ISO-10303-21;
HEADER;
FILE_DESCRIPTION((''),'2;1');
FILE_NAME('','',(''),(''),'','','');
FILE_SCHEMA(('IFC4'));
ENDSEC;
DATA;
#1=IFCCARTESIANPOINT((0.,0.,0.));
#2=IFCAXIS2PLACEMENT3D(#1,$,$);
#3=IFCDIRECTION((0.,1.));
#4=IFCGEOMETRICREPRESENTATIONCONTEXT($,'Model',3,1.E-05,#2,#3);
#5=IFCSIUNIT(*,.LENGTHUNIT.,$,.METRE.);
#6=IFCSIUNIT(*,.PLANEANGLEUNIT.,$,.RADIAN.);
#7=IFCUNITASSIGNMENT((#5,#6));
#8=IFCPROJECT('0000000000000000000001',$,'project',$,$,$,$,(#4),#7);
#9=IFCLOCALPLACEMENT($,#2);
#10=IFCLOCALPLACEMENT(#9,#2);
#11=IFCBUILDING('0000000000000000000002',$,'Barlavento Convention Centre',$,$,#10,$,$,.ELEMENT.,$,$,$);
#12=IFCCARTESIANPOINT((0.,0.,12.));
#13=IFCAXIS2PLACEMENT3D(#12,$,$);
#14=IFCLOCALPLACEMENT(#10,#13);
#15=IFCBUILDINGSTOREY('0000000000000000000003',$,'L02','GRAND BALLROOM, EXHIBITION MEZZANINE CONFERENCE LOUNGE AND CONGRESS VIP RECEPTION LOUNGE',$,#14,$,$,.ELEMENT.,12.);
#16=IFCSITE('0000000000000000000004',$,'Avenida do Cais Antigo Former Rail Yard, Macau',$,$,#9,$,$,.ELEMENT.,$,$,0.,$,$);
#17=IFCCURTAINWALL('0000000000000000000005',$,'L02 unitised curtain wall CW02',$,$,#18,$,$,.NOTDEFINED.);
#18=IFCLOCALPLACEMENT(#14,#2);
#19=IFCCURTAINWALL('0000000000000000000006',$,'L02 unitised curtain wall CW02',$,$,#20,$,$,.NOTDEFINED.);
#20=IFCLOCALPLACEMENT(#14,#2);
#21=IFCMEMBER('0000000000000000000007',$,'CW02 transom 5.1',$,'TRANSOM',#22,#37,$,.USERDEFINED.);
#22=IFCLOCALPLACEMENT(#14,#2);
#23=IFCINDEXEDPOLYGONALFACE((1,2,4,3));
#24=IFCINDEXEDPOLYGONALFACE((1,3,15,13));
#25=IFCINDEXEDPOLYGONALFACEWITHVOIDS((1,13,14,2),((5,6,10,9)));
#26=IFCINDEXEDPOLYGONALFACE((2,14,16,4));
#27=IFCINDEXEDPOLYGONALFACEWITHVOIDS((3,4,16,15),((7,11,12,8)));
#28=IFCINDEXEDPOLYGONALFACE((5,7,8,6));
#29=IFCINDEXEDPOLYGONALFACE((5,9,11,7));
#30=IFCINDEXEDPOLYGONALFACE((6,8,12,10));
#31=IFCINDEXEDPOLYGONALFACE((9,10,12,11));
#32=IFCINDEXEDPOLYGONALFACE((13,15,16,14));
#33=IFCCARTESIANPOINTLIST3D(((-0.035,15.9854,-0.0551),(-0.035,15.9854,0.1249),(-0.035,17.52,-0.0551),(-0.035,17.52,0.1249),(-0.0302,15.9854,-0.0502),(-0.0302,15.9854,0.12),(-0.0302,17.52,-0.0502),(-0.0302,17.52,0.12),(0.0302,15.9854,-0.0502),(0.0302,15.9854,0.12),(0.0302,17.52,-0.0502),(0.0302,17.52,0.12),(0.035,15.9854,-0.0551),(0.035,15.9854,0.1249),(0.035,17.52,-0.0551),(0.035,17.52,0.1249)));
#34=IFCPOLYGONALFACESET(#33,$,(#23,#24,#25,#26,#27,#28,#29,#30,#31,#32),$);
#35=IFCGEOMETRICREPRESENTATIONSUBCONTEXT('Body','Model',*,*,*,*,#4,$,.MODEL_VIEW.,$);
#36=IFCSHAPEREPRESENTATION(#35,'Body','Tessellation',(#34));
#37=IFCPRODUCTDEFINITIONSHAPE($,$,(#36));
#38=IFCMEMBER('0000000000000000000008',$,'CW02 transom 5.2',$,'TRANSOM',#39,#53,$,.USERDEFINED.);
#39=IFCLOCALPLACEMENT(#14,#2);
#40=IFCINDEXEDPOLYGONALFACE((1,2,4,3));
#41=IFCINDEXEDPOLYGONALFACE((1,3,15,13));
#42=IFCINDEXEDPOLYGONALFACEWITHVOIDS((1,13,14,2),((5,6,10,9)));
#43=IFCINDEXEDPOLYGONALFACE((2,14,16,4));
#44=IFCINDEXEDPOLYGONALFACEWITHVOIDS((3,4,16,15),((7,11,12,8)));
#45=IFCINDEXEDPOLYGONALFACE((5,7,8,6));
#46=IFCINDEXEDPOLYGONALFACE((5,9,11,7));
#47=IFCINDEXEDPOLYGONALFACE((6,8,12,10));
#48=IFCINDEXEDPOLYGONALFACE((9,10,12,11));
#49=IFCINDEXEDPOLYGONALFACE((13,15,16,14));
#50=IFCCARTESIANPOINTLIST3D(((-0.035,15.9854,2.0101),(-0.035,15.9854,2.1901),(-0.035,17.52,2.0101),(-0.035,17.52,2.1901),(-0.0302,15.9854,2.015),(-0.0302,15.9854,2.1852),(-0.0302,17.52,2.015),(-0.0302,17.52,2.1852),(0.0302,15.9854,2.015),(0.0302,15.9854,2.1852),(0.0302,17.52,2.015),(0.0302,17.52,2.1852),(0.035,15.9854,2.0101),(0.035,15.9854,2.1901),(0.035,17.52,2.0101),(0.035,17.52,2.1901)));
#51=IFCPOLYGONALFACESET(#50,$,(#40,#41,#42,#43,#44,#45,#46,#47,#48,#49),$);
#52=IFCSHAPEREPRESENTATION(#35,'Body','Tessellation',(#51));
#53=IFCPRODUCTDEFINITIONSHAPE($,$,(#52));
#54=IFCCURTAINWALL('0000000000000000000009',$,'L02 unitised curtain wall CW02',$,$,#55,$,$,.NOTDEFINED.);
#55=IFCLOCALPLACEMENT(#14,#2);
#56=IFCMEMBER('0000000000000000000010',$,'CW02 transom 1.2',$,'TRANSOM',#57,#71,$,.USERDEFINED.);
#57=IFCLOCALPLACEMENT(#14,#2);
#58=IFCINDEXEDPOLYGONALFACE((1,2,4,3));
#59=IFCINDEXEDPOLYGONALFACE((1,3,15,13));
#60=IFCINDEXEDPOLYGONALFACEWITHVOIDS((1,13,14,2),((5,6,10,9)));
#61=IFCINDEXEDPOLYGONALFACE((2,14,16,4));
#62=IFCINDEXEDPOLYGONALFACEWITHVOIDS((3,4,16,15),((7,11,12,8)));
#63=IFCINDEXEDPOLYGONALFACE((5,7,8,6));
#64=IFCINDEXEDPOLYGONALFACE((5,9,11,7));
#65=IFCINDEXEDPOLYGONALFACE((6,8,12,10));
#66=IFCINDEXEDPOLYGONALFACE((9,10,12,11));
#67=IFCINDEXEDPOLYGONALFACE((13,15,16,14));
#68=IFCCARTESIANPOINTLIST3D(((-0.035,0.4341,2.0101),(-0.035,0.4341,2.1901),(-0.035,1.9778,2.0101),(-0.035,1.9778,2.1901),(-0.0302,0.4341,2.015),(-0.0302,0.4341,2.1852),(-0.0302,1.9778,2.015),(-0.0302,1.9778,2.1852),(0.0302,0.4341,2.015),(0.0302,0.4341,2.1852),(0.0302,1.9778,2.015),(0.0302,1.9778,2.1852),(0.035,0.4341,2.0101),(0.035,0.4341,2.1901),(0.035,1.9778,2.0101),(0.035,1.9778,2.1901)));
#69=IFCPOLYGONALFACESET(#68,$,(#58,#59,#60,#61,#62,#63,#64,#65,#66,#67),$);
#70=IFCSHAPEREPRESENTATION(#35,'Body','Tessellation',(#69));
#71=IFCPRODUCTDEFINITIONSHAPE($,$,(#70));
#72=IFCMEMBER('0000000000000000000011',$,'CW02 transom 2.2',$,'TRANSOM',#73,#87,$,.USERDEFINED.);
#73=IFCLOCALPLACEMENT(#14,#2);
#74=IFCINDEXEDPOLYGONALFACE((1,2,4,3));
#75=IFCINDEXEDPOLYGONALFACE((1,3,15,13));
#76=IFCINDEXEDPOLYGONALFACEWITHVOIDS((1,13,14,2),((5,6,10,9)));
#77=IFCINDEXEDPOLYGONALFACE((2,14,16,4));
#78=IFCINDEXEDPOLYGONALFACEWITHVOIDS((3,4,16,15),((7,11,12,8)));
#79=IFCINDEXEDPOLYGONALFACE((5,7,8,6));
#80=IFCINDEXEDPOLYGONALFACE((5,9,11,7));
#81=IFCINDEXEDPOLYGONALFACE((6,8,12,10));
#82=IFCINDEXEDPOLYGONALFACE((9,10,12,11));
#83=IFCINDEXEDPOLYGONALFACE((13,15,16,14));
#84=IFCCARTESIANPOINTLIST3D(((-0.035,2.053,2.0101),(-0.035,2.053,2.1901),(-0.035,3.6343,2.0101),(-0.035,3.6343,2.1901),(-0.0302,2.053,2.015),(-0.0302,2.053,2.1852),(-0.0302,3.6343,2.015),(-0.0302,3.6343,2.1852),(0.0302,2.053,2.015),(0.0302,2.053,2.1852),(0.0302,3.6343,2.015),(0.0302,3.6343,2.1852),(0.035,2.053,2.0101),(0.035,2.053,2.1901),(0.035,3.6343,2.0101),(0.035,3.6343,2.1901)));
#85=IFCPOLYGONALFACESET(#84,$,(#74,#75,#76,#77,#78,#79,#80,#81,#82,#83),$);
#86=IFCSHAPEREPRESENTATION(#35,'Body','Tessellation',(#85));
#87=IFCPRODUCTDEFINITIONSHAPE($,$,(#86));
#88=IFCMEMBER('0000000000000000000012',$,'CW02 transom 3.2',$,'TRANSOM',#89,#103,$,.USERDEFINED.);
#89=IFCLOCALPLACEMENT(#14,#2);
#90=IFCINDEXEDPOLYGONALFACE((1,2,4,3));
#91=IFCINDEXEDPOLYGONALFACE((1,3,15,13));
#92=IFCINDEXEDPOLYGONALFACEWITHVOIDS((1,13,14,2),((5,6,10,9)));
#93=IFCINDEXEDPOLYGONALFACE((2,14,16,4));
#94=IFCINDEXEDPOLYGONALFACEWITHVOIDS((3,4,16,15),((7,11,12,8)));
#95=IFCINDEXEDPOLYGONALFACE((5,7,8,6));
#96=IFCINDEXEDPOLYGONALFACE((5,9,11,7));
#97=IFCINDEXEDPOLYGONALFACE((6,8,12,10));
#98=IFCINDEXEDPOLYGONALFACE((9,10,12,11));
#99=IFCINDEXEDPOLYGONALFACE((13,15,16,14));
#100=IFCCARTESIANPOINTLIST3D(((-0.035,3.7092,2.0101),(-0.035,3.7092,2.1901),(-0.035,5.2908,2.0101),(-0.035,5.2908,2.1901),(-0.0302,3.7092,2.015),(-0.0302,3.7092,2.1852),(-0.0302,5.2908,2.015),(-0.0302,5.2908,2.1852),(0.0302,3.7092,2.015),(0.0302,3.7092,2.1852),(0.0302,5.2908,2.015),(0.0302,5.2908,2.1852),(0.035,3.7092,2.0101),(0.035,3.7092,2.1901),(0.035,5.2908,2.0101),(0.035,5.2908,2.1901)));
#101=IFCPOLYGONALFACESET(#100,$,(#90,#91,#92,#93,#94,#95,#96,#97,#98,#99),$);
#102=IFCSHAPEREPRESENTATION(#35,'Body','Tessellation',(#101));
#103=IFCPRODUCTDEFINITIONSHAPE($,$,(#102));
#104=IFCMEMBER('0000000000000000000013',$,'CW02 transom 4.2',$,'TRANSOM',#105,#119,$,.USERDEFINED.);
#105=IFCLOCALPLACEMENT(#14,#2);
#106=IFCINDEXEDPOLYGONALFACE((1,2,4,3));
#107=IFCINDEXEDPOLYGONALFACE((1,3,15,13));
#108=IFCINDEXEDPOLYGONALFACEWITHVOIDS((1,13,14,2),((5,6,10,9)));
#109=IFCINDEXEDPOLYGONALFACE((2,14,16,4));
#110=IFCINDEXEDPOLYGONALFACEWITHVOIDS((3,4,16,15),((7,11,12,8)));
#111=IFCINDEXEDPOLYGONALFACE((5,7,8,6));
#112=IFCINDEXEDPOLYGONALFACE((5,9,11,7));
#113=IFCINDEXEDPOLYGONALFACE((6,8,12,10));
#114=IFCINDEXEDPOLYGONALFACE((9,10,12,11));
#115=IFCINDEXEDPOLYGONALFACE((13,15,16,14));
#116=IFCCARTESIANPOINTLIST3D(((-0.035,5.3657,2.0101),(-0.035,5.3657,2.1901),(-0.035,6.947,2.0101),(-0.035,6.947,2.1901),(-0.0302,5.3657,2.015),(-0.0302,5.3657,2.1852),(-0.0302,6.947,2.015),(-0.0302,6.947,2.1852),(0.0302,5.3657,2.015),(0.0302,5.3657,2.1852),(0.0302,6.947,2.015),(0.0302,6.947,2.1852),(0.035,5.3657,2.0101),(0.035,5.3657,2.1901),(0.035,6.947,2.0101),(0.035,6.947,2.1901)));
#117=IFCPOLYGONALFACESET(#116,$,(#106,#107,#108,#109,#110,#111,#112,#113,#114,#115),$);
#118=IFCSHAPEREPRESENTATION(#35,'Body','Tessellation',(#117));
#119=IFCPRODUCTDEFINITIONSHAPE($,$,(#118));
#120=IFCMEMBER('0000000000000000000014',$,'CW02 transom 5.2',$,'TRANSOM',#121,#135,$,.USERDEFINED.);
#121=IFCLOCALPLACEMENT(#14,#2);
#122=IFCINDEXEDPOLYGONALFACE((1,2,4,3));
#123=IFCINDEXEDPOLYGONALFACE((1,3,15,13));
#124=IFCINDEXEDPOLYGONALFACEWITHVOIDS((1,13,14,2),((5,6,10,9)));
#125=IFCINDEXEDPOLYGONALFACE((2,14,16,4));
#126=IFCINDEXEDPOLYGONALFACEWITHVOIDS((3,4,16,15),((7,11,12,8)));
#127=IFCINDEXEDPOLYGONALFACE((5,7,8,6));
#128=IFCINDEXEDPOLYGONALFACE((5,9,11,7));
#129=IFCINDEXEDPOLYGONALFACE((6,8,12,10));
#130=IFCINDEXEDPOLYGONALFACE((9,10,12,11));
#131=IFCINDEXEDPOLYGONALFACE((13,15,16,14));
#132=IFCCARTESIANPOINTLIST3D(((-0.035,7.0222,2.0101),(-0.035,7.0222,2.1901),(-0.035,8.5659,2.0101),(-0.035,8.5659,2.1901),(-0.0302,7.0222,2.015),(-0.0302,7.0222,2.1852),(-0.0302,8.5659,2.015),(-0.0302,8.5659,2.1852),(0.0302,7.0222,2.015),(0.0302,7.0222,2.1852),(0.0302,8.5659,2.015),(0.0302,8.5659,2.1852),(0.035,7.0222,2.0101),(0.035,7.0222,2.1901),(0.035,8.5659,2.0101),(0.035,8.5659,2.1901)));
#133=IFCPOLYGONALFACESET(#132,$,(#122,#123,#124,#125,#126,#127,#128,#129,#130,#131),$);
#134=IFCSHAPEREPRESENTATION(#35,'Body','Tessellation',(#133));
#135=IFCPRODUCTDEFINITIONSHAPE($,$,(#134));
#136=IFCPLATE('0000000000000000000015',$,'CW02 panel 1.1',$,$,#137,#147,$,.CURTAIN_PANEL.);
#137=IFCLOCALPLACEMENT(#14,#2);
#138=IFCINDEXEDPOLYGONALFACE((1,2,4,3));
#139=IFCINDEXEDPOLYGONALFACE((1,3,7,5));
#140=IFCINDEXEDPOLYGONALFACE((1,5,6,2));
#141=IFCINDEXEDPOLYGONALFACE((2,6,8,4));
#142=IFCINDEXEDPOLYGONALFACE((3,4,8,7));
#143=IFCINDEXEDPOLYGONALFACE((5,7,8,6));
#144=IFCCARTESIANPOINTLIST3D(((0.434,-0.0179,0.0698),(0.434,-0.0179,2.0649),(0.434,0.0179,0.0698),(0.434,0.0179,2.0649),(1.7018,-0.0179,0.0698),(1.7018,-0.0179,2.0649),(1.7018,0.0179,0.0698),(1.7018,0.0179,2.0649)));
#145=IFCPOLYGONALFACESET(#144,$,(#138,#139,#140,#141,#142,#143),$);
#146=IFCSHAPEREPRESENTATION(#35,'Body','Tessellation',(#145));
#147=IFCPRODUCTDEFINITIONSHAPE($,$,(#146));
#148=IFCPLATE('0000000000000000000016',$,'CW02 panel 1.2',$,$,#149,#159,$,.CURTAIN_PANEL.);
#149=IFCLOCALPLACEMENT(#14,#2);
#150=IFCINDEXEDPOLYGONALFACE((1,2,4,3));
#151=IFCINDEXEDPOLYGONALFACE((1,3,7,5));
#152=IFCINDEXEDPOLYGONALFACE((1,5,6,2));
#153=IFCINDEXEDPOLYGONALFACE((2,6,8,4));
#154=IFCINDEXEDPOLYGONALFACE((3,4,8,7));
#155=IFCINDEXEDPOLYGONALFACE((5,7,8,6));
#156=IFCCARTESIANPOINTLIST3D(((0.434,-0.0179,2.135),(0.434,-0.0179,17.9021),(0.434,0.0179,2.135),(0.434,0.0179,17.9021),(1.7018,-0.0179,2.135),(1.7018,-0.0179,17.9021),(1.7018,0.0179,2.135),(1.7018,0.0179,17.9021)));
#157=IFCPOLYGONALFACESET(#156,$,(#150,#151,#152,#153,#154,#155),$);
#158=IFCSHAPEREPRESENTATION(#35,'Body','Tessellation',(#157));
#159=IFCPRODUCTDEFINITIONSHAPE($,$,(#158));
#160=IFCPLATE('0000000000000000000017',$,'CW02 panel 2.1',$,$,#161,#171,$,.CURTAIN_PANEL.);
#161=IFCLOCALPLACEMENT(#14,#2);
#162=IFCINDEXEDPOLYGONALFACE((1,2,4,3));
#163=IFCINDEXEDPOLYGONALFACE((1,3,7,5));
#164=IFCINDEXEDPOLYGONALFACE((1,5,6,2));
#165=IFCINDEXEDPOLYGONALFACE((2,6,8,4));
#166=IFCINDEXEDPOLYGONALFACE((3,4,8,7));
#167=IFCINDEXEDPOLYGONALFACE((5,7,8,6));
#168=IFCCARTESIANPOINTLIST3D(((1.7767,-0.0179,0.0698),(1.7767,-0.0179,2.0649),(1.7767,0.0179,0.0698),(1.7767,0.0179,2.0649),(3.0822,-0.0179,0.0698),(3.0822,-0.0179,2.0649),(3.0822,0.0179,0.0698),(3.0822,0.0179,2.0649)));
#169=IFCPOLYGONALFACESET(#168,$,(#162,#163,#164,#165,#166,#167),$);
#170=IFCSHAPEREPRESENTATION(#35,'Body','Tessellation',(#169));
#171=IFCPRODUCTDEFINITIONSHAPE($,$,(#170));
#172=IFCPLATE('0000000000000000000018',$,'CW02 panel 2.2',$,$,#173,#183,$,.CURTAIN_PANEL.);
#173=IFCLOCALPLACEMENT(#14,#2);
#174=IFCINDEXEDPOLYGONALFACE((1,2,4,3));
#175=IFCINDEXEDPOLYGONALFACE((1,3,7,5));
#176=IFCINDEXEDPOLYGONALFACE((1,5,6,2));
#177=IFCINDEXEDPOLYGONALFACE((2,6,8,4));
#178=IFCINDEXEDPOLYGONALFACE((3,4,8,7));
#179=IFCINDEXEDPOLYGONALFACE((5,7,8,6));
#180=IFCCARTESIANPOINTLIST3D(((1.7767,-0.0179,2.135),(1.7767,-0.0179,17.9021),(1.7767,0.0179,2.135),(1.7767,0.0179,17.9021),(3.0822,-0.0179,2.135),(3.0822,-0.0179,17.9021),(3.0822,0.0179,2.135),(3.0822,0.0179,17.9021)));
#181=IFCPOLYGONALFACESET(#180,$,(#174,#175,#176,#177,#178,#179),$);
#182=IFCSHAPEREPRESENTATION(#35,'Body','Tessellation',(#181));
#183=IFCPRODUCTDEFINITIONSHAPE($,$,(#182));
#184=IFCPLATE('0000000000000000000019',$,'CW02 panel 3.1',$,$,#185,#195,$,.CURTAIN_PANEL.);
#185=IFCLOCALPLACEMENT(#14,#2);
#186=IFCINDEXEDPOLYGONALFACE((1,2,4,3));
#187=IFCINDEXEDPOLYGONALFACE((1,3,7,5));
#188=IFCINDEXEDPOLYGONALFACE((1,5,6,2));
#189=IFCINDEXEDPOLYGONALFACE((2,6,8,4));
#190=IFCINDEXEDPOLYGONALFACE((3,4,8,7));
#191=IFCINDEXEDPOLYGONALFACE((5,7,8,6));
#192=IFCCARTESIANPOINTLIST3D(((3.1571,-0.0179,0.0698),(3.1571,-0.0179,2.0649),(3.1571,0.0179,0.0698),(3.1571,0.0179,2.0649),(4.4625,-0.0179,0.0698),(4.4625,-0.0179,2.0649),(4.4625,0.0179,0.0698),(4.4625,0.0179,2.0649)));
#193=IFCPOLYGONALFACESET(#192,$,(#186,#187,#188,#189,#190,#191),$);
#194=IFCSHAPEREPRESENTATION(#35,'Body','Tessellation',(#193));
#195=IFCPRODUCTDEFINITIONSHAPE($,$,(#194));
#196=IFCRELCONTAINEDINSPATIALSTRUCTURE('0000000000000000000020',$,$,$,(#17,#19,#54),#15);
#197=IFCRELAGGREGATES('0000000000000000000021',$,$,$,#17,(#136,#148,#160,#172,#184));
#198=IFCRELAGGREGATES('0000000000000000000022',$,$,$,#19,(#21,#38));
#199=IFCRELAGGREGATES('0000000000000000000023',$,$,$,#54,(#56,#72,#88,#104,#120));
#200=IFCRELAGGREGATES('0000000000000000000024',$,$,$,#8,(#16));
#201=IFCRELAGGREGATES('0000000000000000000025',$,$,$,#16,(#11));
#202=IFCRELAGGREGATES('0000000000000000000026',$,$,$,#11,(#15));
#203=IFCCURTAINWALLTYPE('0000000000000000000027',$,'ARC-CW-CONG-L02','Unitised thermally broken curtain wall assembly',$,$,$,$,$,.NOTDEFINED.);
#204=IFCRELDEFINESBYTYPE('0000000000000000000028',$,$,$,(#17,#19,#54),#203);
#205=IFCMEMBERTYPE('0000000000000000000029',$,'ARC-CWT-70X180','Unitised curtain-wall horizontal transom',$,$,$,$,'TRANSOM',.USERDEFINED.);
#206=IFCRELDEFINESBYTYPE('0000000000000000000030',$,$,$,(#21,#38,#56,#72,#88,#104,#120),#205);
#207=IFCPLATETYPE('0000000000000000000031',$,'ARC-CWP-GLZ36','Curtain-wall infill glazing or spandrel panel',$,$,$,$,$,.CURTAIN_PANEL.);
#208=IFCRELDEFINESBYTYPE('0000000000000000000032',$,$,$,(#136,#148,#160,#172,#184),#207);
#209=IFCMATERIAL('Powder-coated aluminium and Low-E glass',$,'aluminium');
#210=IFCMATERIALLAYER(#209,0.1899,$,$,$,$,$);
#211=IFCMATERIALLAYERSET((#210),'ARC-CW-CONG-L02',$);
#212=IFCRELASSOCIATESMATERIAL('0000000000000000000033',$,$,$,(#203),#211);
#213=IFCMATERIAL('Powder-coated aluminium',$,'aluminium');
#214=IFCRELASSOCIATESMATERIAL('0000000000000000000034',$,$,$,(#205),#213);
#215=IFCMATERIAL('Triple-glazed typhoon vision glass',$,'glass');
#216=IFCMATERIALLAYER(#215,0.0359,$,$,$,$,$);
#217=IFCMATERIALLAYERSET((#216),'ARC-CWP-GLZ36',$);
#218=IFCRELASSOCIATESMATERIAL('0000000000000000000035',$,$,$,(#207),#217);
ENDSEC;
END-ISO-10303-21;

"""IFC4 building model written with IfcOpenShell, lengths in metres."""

from ifc_helpers import new_model, si_unit, direction, frame, origin, origin_2d, place, context, subcontext, project, spatial, rectangle, hollow_rectangle, extrude, material, layer, layer_set, material_profile, profile_set, type_object, element, aggregate, save


model = new_model("IFC4")

# Units and contexts
model_context = context("Model", 3, precision=1e-05, world=origin(), true_north=direction((0.0, 1.0)))
body_context = subcontext(model_context, "Body", "Model", "MODEL_VIEW")
ifc_project = project(units=[si_unit("LENGTHUNIT", "METRE"), si_unit("PLANEANGLEUNIT", "RADIAN")], contexts=[model_context])

# Site, building, storey
site_placement = place(None, origin())
site = spatial("IfcSite", under=ifc_project, at=site_placement, Name="Avenida do Cais Antigo Former Rail Yard, Macau", CompositionType="ELEMENT", RefElevation=0.0)
building_placement = place(site_placement, origin())
building = spatial("IfcBuilding", under=site, at=building_placement, Name="Barlavento Convention Centre", CompositionType="ELEMENT")
storey_placement = place(building_placement, frame((0.0, 0.0, 12.0)))
storey = spatial("IfcBuildingStorey", under=building, at=storey_placement, Name="L02", Description="GRAND BALLROOM, EXHIBITION MEZZANINE CONFERENCE LOUNGE AND CONGRESS VIP RECEPTION LOUNGE", CompositionType="ELEMENT", Elevation=12.0)

# Curtain walls, members
ifc_material_1 = material(Name="Powder-coated aluminium and Low-E glass", Category="aluminium")
ifc_layer_1 = layer(ifc_material_1, 0.1899)
ifc_layer_set_1 = layer_set([ifc_layer_1], Name="ARC-CW-CONG-L02")
curtain_wall_type = type_object("IfcCurtainWallType", Name="ARC-CW-CONG-L02", Description="Unitised thermally broken curtain wall assembly", PredefinedType="NOTDEFINED", material=ifc_layer_set_1)
curtain_wall_1_placement = place(storey_placement, origin())
curtain_wall_1 = element("IfcCurtainWall", 1, at=curtain_wall_1_placement, inside=storey, type_object=curtain_wall_type, Name="L02 unitised curtain wall CW02", PredefinedType="NOTDEFINED")
ifc_material_2 = material(Name="Powder-coated aluminium", Category="aluminium")
ifc_material_profile = material_profile(ifc_material_2, hollow_rectangle(XDim=0.0701, YDim=0.1799, WallThickness=0.0049, at=origin_2d()), Name="AL-TRAN 70x180x5")
ifc_profile_set = profile_set([ifc_material_profile], Name="Powder-coated aluminium")
member_type = type_object("IfcMemberType", Name="ARC-CWT-70X180", Description="Unitised curtain-wall horizontal transom", ElementType="TRANSOM", PredefinedType="USERDEFINED", material=ifc_profile_set)
curtain_wall_2_placement = place(storey_placement, origin())
curtain_wall_2 = element("IfcCurtainWall", 2, at=curtain_wall_2_placement, inside=storey, type_object=curtain_wall_type, Name="L02 unitised curtain wall CW02", PredefinedType="NOTDEFINED")
member_1_placement = place(storey_placement, frame((0.0, 15.9854, 0.0349), z_axis=(0.0, 1.0, 0.0), x_axis=(-1.0, 0.0, 0.0)))
member_1 = element("IfcMember", 3, at=member_1_placement, type_object=member_type, Name="CW02 transom 5.1", ObjectType="TRANSOM", PredefinedType="USERDEFINED", context=body_context, shape_type="SweptSolid", body=[
    extrude(hollow_rectangle(XDim=0.0701, YDim=0.1799, WallThickness=0.0049, at=origin_2d()), origin(), (0.0, 0.0, 1.0), 1.5347),
])
member_2_placement = place(storey_placement, frame((0.0, 15.9854, 2.1001), z_axis=(0.0, 1.0, 0.0), x_axis=(-1.0, 0.0, 0.0)))
member_2 = element("IfcMember", 4, at=member_2_placement, type_object=member_type, Name="CW02 transom 5.2", ObjectType="TRANSOM", PredefinedType="USERDEFINED", context=body_context, shape_type="SweptSolid", body=[
    extrude(hollow_rectangle(XDim=0.0701, YDim=0.1799, WallThickness=0.0049, at=origin_2d()), origin(), (0.0, 0.0, 1.0), 1.5347),
])
curtain_wall_3_placement = place(storey_placement, origin())
curtain_wall_3 = element("IfcCurtainWall", 5, at=curtain_wall_3_placement, inside=storey, type_object=curtain_wall_type, Name="L02 unitised curtain wall CW02", PredefinedType="NOTDEFINED")
member_3_placement = place(storey_placement, frame((0.0, 0.4341, 2.1001), z_axis=(0.0, 1.0, 0.0), x_axis=(-1.0, 0.0, 0.0)))
member_3 = element("IfcMember", 6, at=member_3_placement, type_object=member_type, Name="CW02 transom 1.2", ObjectType="TRANSOM", PredefinedType="USERDEFINED", context=body_context, shape_type="SweptSolid", body=[
    extrude(hollow_rectangle(XDim=0.0701, YDim=0.1799, WallThickness=0.0049, at=origin_2d()), origin(), (0.0, 0.0, 1.0), 1.5437),
])
member_4_placement = place(storey_placement, frame((0.0, 2.053, 2.1001), z_axis=(0.0, 1.0, 0.0), x_axis=(-1.0, 0.0, 0.0)))
member_4 = element("IfcMember", 7, at=member_4_placement, type_object=member_type, Name="CW02 transom 2.2", ObjectType="TRANSOM", PredefinedType="USERDEFINED", context=body_context, shape_type="SweptSolid", body=[
    extrude(hollow_rectangle(XDim=0.0701, YDim=0.1799, WallThickness=0.0049, at=origin_2d()), origin(), (0.0, 0.0, 1.0), 1.5813),
])
member_5_placement = place(storey_placement, frame((0.0, 3.7092, 2.1001), z_axis=(0.0, 1.0, 0.0), x_axis=(-1.0, 0.0, 0.0)))
member_5 = element("IfcMember", 8, at=member_5_placement, type_object=member_type, Name="CW02 transom 3.2", ObjectType="TRANSOM", PredefinedType="USERDEFINED", context=body_context, shape_type="SweptSolid", body=[
    extrude(hollow_rectangle(XDim=0.0701, YDim=0.1799, WallThickness=0.0049, at=origin_2d()), origin(), (0.0, 0.0, 1.0), 1.5815),
])
member_6_placement = place(storey_placement, frame((0.0, 5.3657, 2.1001), z_axis=(0.0, 1.0, 0.0), x_axis=(-1.0, 0.0, 0.0)))
member_6 = element("IfcMember", 9, at=member_6_placement, type_object=member_type, Name="CW02 transom 4.2", ObjectType="TRANSOM", PredefinedType="USERDEFINED", context=body_context, shape_type="SweptSolid", body=[
    extrude(hollow_rectangle(XDim=0.0701, YDim=0.1799, WallThickness=0.0049, at=origin_2d()), origin(), (0.0, 0.0, 1.0), 1.5813),
])
member_7_placement = place(storey_placement, frame((0.0, 7.0222, 2.1001), z_axis=(0.0, 1.0, 0.0), x_axis=(-1.0, 0.0, 0.0)))
member_7 = element("IfcMember", 10, at=member_7_placement, type_object=member_type, Name="CW02 transom 5.2", ObjectType="TRANSOM", PredefinedType="USERDEFINED", context=body_context, shape_type="SweptSolid", body=[
    extrude(hollow_rectangle(XDim=0.0701, YDim=0.1799, WallThickness=0.0049, at=origin_2d()), origin(), (0.0, 0.0, 1.0), 1.5437),
])

# Plates
ifc_material_3 = material(Name="Triple-glazed typhoon vision glass", Category="glass")
ifc_layer_2 = layer(ifc_material_3, 0.0359)
ifc_layer_set_2 = layer_set([ifc_layer_2], Name="ARC-CWP-GLZ36")
plate_type = type_object("IfcPlateType", Name="ARC-CWP-GLZ36", Description="Curtain-wall infill glazing or spandrel panel", PredefinedType="CURTAIN_PANEL", material=ifc_layer_set_2)
plate_1_placement = place(storey_placement, frame((1.0679, 0.0, 0.0698), z_axis=(0.0, 0.0, 1.0), x_axis=(1.0, 0.0, 0.0)))
plate_1 = element("IfcPlate", 11, at=plate_1_placement, type_object=plate_type, Name="CW02 panel 1.1", PredefinedType="CURTAIN_PANEL", context=body_context, shape_type="SweptSolid", body=[
    extrude(rectangle(XDim=1.2678, YDim=0.0359, at=origin_2d()), origin(), (0.0, 0.0, 1.0), 1.9951),
])
plate_2_placement = place(storey_placement, frame((1.0679, 0.0, 2.135), z_axis=(0.0, 0.0, 1.0), x_axis=(1.0, 0.0, 0.0)))
plate_2 = element("IfcPlate", 12, at=plate_2_placement, type_object=plate_type, Name="CW02 panel 1.2", PredefinedType="CURTAIN_PANEL", context=body_context, shape_type="SweptSolid", body=[
    extrude(rectangle(XDim=1.2678, YDim=0.0359, at=origin_2d()), origin(), (0.0, 0.0, 1.0), 15.7671),
])
plate_3_placement = place(storey_placement, frame((2.4294, 0.0, 0.0698), z_axis=(0.0, 0.0, 1.0), x_axis=(1.0, 0.0, 0.0)))
plate_3 = element("IfcPlate", 13, at=plate_3_placement, type_object=plate_type, Name="CW02 panel 2.1", PredefinedType="CURTAIN_PANEL", context=body_context, shape_type="SweptSolid", body=[
    extrude(rectangle(XDim=1.3054, YDim=0.0359, at=origin_2d()), origin(), (0.0, 0.0, 1.0), 1.9951),
])
plate_4_placement = place(storey_placement, frame((2.4294, 0.0, 2.135), z_axis=(0.0, 0.0, 1.0), x_axis=(1.0, 0.0, 0.0)))
plate_4 = element("IfcPlate", 14, at=plate_4_placement, type_object=plate_type, Name="CW02 panel 2.2", PredefinedType="CURTAIN_PANEL", context=body_context, shape_type="SweptSolid", body=[
    extrude(rectangle(XDim=1.3054, YDim=0.0359, at=origin_2d()), origin(), (0.0, 0.0, 1.0), 15.7671),
])
plate_5_placement = place(storey_placement, frame((3.8098, 0.0, 0.0698), z_axis=(0.0, 0.0, 1.0), x_axis=(1.0, 0.0, 0.0)))
plate_5 = element("IfcPlate", 15, at=plate_5_placement, type_object=plate_type, Name="CW02 panel 3.1", PredefinedType="CURTAIN_PANEL", context=body_context, shape_type="SweptSolid", body=[
    extrude(rectangle(XDim=1.3054, YDim=0.0359, at=origin_2d()), origin(), (0.0, 0.0, 1.0), 1.9951),
])
aggregate(curtain_wall_1, [plate_1, plate_2, plate_3, plate_4, plate_5])
aggregate(curtain_wall_2, [member_1, member_2])
aggregate(curtain_wall_3, [member_3, member_4, member_5, member_6, member_7])

save(model, "model.ifc")
